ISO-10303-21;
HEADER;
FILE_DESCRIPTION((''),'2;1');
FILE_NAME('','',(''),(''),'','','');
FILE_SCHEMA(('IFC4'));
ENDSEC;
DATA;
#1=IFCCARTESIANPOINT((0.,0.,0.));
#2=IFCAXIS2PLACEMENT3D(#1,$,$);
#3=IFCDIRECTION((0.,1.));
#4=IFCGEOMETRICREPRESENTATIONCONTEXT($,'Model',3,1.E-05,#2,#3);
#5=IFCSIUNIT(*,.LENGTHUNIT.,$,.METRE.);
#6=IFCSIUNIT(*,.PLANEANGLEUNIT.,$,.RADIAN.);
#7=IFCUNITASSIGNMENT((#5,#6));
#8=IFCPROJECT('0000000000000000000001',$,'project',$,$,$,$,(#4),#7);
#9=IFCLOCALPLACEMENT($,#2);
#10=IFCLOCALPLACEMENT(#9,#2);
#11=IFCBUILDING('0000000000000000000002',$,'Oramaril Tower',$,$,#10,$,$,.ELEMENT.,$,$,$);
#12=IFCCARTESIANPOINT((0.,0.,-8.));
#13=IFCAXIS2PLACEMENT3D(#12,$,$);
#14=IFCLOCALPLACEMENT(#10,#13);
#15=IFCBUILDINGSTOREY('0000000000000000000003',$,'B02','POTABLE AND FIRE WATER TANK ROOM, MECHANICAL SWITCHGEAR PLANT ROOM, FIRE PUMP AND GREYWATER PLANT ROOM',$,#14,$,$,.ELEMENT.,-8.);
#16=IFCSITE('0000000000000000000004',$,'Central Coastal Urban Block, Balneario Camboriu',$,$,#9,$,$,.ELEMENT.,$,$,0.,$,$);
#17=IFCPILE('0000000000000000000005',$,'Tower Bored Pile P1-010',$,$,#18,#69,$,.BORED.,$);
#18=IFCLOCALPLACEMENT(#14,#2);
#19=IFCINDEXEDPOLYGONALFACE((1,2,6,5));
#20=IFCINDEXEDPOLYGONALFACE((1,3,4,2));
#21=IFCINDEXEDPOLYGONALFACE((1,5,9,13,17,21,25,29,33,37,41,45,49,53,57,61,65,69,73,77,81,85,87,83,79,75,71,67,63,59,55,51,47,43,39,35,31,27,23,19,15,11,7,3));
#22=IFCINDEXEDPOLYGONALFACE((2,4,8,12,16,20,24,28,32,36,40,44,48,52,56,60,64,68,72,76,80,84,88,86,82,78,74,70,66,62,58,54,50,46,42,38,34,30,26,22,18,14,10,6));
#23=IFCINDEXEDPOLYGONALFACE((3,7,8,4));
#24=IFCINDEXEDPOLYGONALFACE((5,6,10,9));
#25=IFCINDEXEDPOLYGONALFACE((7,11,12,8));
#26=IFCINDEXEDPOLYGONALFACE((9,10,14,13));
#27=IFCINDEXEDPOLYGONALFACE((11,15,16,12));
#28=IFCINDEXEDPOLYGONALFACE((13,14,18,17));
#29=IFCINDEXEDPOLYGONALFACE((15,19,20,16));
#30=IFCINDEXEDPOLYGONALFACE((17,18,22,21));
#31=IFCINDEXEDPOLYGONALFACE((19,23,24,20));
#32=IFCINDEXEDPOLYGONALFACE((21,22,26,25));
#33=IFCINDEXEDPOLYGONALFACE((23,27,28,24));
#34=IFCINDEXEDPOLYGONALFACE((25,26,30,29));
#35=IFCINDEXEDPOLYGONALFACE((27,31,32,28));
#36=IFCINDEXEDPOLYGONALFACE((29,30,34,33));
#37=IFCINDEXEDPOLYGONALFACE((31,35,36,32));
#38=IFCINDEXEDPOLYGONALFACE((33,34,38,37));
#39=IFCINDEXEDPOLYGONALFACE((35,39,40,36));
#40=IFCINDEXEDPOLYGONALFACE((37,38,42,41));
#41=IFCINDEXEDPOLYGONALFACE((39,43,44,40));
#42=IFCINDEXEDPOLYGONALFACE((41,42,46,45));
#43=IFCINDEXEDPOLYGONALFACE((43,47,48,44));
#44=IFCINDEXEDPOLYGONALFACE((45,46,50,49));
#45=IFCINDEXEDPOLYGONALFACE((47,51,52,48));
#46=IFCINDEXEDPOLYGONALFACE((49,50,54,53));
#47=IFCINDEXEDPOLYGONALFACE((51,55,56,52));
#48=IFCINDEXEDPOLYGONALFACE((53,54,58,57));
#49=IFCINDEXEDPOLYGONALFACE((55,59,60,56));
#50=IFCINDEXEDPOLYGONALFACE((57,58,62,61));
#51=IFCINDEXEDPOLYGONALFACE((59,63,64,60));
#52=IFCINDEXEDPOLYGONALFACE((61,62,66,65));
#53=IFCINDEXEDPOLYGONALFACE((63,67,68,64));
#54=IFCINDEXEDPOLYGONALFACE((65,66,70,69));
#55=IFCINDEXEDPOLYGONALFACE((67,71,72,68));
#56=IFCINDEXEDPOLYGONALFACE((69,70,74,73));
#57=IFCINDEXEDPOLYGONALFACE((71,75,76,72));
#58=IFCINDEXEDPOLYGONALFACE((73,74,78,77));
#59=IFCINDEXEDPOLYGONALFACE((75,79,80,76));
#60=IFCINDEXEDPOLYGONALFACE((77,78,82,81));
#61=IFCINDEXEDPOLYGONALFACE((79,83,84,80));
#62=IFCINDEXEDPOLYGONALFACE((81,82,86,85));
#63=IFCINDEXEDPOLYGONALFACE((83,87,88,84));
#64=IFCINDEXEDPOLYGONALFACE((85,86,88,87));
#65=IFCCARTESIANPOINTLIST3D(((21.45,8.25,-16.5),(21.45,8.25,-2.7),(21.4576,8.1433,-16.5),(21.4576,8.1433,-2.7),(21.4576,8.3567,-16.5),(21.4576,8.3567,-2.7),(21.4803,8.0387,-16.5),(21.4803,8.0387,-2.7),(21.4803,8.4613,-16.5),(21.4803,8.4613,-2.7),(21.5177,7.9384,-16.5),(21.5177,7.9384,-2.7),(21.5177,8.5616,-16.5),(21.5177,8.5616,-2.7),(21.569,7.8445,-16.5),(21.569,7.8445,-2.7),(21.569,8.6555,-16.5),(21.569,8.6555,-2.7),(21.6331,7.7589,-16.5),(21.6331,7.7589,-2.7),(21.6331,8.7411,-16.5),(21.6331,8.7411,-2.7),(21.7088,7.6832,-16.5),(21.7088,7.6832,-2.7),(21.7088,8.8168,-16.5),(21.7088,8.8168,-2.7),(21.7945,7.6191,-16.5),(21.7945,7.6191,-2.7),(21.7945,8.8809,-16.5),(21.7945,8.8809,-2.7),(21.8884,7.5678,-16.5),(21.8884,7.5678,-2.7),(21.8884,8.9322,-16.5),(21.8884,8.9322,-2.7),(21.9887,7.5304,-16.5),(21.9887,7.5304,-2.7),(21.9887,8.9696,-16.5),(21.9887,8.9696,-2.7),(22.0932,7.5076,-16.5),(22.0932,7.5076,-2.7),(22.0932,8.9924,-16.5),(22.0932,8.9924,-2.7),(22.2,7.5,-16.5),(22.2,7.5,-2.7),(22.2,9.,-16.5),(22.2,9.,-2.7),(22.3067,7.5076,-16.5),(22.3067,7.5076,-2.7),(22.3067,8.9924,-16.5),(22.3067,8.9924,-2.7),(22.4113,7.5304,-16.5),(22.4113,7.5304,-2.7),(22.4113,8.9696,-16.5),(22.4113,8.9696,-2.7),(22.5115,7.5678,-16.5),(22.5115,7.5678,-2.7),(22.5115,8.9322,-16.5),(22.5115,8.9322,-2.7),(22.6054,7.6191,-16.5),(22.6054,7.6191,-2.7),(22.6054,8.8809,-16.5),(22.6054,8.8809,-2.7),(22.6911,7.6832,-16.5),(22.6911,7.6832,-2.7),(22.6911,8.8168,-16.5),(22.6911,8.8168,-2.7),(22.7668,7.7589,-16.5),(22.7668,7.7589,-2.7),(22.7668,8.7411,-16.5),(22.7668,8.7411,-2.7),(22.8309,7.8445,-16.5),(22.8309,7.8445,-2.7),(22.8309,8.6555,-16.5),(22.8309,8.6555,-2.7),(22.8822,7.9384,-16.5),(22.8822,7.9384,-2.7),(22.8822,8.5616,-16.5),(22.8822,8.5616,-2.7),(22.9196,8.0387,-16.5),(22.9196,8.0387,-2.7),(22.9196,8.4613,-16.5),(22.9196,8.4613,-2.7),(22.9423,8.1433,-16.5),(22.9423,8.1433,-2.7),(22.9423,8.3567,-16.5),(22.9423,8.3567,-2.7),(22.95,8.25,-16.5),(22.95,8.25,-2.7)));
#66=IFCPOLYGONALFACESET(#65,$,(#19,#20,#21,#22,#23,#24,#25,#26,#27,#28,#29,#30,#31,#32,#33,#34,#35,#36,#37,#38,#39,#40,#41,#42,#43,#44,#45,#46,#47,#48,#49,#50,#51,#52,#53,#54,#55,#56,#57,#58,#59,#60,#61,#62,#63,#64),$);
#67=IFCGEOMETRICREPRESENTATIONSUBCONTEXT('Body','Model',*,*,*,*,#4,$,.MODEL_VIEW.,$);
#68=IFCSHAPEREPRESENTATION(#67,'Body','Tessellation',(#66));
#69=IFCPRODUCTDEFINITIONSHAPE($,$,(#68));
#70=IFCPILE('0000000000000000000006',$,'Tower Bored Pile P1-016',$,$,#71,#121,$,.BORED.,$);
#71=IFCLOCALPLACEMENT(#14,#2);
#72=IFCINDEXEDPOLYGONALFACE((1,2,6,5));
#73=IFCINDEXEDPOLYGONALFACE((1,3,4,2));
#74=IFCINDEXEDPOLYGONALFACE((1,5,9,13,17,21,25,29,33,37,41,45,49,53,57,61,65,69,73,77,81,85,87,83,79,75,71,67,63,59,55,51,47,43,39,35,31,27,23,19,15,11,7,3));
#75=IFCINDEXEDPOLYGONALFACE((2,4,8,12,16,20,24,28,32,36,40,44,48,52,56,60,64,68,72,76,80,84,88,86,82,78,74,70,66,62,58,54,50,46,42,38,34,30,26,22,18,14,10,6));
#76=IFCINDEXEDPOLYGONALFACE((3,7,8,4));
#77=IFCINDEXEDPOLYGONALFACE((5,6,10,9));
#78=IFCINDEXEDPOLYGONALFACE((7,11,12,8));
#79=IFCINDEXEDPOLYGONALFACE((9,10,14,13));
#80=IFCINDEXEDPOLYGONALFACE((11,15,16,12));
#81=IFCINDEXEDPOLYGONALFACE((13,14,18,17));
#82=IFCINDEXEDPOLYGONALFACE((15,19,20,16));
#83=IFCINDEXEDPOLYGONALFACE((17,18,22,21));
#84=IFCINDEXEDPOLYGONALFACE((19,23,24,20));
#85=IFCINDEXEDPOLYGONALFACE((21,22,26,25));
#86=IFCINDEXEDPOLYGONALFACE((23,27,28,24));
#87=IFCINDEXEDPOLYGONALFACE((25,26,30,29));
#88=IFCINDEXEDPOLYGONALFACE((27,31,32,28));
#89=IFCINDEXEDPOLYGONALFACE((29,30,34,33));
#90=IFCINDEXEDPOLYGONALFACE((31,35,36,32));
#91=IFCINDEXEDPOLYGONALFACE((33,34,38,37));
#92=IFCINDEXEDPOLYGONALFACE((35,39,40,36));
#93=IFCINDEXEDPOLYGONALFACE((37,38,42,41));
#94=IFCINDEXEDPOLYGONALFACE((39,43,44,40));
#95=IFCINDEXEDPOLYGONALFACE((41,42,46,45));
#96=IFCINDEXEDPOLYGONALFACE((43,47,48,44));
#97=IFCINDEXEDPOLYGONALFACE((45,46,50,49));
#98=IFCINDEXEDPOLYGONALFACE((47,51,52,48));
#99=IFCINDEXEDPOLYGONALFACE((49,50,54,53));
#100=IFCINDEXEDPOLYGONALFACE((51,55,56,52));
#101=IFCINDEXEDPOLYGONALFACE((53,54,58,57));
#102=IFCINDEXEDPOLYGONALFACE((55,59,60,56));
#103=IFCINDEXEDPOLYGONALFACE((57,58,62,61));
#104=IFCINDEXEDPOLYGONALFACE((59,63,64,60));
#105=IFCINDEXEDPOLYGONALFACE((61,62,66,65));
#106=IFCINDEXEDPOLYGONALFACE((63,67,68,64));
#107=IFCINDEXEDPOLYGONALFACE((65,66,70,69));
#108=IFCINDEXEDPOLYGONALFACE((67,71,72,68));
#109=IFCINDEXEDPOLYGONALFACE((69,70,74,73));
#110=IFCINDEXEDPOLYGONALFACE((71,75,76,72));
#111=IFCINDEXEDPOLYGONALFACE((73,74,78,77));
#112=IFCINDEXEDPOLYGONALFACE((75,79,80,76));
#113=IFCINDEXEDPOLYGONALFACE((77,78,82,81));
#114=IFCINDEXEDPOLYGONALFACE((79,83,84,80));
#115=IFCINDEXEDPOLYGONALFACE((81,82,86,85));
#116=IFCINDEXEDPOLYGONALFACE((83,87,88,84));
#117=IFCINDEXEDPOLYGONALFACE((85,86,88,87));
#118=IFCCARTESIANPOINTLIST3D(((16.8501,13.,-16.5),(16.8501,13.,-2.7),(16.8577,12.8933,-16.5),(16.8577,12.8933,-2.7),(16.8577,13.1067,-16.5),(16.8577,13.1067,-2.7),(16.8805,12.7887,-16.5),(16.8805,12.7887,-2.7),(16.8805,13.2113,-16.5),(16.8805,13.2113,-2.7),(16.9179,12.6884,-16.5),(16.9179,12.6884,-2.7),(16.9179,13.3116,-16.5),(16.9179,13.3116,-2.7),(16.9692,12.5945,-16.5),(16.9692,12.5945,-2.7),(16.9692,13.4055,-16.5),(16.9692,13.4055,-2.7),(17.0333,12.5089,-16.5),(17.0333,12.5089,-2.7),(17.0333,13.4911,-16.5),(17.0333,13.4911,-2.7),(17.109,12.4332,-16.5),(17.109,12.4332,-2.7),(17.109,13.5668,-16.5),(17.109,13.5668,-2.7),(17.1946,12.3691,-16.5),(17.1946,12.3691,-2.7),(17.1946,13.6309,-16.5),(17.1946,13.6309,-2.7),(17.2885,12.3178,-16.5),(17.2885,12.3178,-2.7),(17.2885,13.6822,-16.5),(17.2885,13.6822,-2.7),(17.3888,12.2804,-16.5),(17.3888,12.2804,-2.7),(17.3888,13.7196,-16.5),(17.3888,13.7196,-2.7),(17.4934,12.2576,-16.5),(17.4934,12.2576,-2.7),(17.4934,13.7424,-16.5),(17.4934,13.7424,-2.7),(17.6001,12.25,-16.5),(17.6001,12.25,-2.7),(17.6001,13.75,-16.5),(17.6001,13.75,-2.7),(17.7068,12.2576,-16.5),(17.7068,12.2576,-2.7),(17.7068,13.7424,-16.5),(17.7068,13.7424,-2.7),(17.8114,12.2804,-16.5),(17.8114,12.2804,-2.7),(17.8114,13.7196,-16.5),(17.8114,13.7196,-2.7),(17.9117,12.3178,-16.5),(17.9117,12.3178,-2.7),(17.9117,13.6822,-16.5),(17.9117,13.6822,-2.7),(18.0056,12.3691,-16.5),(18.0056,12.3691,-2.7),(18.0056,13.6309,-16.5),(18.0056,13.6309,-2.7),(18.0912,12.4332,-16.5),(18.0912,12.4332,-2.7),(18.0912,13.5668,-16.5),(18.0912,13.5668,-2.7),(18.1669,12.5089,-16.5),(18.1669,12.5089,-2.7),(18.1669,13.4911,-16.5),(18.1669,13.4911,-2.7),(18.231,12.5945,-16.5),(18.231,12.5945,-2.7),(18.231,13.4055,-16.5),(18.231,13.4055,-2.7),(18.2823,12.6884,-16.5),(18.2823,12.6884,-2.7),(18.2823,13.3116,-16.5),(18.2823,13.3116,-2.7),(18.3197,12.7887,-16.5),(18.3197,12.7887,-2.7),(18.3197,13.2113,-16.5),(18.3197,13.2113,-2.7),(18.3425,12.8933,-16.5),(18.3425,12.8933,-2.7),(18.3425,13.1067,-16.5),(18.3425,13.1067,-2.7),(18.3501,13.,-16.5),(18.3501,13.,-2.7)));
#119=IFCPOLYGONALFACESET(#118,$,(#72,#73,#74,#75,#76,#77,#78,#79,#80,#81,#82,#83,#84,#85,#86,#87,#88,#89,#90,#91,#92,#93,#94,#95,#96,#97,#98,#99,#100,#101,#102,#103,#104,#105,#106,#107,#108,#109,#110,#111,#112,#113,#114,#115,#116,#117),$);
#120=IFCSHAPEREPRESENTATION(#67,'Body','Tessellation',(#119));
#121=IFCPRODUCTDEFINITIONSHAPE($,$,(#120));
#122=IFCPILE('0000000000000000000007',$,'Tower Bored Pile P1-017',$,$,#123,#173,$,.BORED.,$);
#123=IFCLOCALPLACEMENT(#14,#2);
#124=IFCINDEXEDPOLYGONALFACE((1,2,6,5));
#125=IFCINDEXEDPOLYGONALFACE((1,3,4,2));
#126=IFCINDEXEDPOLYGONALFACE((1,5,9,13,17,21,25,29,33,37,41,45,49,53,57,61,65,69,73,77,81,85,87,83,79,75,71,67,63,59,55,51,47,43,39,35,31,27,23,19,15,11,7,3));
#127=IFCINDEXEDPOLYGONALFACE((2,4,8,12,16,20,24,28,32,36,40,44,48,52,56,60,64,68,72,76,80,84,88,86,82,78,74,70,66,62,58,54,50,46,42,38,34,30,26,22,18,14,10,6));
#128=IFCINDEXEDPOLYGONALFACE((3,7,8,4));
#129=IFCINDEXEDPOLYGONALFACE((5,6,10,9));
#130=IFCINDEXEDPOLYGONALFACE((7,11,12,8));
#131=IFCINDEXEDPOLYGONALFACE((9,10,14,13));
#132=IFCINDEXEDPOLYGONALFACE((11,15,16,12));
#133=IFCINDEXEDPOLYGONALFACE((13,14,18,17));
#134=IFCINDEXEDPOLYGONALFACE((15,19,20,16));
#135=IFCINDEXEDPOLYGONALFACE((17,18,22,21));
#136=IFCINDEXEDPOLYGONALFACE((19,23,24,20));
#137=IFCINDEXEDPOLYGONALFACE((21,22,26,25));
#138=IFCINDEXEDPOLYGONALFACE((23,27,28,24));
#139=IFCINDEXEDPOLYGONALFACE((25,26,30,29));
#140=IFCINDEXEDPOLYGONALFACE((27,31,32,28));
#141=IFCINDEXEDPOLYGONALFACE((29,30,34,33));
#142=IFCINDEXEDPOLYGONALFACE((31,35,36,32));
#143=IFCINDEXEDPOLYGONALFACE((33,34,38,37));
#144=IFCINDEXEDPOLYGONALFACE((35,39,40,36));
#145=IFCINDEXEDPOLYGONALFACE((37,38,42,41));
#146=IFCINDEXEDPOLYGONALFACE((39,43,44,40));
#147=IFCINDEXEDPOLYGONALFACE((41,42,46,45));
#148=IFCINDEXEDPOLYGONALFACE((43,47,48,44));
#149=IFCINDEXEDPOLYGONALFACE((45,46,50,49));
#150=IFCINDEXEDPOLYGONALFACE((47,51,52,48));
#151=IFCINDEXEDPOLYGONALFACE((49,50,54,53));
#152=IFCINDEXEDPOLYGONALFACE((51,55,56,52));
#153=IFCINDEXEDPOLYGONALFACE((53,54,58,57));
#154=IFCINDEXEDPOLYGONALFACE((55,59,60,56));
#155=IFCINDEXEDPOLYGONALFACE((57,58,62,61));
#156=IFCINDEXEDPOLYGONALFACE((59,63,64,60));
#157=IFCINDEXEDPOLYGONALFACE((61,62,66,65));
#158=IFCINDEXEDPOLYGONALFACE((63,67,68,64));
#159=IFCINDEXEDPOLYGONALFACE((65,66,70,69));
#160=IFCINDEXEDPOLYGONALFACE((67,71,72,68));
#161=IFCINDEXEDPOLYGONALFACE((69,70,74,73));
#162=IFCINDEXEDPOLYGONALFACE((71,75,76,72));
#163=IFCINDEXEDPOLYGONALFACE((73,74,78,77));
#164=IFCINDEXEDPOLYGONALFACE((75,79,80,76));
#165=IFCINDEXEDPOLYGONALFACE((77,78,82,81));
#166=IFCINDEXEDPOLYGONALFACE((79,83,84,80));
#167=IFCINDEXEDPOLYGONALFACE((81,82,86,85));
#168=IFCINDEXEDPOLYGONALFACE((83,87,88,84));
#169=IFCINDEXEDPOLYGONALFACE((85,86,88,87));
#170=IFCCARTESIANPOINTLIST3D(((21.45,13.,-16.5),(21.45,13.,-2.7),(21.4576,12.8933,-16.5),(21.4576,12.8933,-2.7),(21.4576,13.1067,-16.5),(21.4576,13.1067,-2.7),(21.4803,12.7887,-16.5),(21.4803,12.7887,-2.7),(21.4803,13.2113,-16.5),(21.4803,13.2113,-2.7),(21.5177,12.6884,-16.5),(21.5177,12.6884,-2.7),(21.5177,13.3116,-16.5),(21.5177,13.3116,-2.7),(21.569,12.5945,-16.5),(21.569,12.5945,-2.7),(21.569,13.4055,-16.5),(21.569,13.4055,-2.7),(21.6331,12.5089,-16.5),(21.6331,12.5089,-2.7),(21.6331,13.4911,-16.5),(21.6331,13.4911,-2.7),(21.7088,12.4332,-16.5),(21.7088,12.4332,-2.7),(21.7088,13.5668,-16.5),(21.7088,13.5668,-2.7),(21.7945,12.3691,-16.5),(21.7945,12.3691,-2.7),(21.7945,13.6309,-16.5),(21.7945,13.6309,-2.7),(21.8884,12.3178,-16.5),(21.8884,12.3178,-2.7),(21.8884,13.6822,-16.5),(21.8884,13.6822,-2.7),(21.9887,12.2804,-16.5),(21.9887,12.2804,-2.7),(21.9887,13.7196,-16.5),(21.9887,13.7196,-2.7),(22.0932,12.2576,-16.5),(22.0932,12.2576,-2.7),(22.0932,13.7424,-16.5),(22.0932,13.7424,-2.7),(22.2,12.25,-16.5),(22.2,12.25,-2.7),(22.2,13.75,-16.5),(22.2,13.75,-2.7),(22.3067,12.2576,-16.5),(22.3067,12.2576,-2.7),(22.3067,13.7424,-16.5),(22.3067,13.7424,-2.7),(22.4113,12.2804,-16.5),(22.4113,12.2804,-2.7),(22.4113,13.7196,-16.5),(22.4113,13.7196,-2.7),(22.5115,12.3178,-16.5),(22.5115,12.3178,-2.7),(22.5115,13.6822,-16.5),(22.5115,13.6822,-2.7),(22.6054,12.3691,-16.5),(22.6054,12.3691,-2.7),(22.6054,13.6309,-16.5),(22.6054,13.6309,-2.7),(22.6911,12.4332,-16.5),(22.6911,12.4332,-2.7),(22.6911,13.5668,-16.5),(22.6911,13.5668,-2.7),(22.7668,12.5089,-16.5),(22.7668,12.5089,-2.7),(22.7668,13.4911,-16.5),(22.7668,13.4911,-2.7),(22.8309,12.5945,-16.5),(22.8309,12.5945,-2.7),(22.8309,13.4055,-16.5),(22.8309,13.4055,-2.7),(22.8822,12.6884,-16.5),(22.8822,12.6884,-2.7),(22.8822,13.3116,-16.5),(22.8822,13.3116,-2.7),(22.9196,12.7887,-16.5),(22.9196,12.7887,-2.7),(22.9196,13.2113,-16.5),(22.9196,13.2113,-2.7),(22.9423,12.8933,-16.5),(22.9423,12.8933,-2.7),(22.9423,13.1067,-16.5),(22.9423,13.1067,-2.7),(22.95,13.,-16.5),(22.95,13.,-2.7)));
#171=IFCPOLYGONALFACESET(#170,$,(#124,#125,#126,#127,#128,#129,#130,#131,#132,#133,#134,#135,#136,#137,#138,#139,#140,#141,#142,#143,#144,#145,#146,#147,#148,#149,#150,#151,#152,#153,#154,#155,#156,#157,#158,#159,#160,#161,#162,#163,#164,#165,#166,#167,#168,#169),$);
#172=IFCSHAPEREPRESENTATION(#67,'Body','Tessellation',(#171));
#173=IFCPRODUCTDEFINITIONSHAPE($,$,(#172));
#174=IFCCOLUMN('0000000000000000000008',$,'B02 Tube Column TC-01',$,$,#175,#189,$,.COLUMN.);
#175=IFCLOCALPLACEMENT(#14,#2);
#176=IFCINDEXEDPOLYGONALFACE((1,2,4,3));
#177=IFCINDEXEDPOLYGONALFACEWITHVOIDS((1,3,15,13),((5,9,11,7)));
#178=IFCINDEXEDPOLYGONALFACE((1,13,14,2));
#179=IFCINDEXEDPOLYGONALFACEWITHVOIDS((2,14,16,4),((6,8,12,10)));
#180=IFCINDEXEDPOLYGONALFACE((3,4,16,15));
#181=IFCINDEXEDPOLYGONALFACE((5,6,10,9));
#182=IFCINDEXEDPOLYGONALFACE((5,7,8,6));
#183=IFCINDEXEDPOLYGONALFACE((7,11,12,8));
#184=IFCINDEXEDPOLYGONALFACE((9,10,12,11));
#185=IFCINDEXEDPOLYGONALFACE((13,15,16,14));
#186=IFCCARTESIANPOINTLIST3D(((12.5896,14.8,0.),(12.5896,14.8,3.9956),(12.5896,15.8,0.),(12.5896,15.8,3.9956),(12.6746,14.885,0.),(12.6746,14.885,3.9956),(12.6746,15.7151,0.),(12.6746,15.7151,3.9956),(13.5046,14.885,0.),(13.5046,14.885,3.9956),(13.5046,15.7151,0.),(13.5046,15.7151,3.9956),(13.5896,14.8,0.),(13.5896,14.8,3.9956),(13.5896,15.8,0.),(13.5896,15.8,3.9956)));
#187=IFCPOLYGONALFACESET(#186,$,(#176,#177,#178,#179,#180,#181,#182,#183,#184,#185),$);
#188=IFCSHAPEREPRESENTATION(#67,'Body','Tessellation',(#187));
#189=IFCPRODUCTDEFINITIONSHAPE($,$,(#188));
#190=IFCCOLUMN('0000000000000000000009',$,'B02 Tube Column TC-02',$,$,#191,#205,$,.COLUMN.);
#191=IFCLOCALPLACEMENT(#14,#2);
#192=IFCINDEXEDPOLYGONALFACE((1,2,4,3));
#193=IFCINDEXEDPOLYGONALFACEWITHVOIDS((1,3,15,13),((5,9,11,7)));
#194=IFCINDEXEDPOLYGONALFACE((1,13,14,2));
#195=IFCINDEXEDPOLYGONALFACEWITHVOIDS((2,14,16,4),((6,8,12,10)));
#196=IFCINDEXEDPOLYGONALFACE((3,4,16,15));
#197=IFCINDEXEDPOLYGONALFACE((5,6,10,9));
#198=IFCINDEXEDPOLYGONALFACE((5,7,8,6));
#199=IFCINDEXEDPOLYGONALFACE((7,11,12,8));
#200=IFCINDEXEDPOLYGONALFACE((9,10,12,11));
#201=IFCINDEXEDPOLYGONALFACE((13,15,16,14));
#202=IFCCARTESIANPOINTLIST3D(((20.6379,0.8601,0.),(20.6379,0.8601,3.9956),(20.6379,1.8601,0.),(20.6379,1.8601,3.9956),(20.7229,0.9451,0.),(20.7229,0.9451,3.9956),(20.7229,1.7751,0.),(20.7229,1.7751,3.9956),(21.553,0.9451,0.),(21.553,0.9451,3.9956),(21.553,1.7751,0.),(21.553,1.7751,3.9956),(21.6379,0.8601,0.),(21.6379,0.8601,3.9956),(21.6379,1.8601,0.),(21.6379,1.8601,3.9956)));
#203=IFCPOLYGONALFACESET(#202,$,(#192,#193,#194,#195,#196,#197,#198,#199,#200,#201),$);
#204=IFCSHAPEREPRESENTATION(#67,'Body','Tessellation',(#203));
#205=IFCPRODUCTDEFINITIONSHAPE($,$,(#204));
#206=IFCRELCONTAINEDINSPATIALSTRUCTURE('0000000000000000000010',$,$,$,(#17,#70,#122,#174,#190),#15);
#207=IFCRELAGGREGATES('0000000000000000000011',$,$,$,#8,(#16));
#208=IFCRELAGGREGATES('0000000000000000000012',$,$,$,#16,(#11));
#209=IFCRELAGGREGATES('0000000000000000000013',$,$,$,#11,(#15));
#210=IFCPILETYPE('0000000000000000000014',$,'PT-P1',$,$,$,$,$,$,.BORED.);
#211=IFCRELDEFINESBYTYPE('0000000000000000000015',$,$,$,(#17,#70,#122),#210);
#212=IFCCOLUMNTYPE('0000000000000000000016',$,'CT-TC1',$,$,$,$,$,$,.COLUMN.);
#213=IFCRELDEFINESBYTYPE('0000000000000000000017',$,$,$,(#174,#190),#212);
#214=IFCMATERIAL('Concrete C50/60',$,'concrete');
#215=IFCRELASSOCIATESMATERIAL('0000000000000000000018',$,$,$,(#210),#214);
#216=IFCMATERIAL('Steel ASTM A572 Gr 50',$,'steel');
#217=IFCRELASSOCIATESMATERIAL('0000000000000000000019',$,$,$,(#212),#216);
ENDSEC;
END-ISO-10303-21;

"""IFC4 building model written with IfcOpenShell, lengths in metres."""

from ifc_helpers import new_model, si_unit, direction, frame, origin, origin_2d, place, context, subcontext, project, spatial, hollow_rectangle, circle, extrude, material, material_profile, profile_set, type_object, element, save


model = new_model("IFC4")

# Units and contexts
model_context = context("Model", 3, precision=1e-05, world=origin(), true_north=direction((0.0, 1.0)))
body_context = subcontext(model_context, "Body", "Model", "MODEL_VIEW")
ifc_project = project(units=[si_unit("LENGTHUNIT", "METRE"), si_unit("PLANEANGLEUNIT", "RADIAN")], contexts=[model_context])

# Site, building, storey
site_placement = place(None, origin())
site = spatial("IfcSite", under=ifc_project, at=site_placement, Name="Central Coastal Urban Block, Balneario Camboriu", CompositionType="ELEMENT", RefElevation=0.0)
building_placement = place(site_placement, origin())
building = spatial("IfcBuilding", under=site, at=building_placement, Name="Oramaril Tower", CompositionType="ELEMENT")
storey_placement = place(building_placement, frame((0.0, 0.0, -8.0)))
storey = spatial("IfcBuildingStorey", under=building, at=storey_placement, Name="B02", Description="POTABLE AND FIRE WATER TANK ROOM, MECHANICAL SWITCHGEAR PLANT ROOM, FIRE PUMP AND GREYWATER PLANT ROOM", CompositionType="ELEMENT", Elevation=-8.0)

# Piles
ifc_material_1 = material(Name="Concrete C50/60", Category="concrete")
ifc_material_profile_1 = material_profile(ifc_material_1, circle(Radius=0.75, at=origin_2d()), Name="D1500")
ifc_profile_set_1 = profile_set([ifc_material_profile_1], Name="Concrete C50/60")
pile_type = type_object("IfcPileType", Name="PT-P1", PredefinedType="BORED", material=ifc_profile_set_1)
for number, where, z_axis, x_axis, name in (
    (1, (22.2, 8.25, -2.7), (0.0, 0.0, -1.0), (1.0, 0.0, 0.0), "Tower Bored Pile P1-010"),
    (2, (17.6001, 13.0, -2.7), (0.0, 0.0, -1.0), (1.0, 0.0, 0.0), "Tower Bored Pile P1-016"),
    (3, (22.2, 13.0, -2.7), (0.0, 0.0, -1.0), (1.0, 0.0, 0.0), "Tower Bored Pile P1-017"),
):
    element("IfcPile", number, at=place(storey_placement, frame(where, z_axis=z_axis, x_axis=x_axis)), inside=storey, type_object=pile_type, Name=name, PredefinedType="BORED", context=body_context, shape_type="SweptSolid", body=[
        extrude(circle(Radius=0.75, at=origin_2d()), origin(), (0.0, 0.0, 1.0), 13.8),
    ])

# Columns
ifc_material_2 = material(Name="Steel ASTM A572 Gr 50", Category="steel")
ifc_material_profile_2 = material_profile(ifc_material_2, hollow_rectangle(XDim=1.0, YDim=1.0, WallThickness=0.085, at=origin_2d()), Name="BOX1000X1000X85")
ifc_profile_set_2 = profile_set([ifc_material_profile_2], Name="Steel ASTM A572 Gr 50")
column_type_1 = type_object("IfcColumnType", Name="CT-TC1", PredefinedType="COLUMN", material=ifc_profile_set_2)
for number, where, z_axis, x_axis, name in (
    (4, (13.0896, 15.3, 0.0), (0.0, 0.0, 1.0), (1.0, 0.0, 0.0), "B02 Tube Column TC-01"),
    (5, (21.1379, 1.3601, 0.0), (0.0, 0.0, 1.0), (1.0, 0.0, 0.0), "B02 Tube Column TC-02"),
):
    element("IfcColumn", number, at=place(storey_placement, frame(where, z_axis=z_axis, x_axis=x_axis)), inside=storey, type_object=column_type_1, Name=name, PredefinedType="COLUMN", context=body_context, shape_type="SweptSolid", body=[
        extrude(hollow_rectangle(XDim=1.0, YDim=1.0, WallThickness=0.085, at=origin_2d()), origin(), (0.0, 0.0, 1.0), 3.9956),
    ])

save(model, "model.ifc")
